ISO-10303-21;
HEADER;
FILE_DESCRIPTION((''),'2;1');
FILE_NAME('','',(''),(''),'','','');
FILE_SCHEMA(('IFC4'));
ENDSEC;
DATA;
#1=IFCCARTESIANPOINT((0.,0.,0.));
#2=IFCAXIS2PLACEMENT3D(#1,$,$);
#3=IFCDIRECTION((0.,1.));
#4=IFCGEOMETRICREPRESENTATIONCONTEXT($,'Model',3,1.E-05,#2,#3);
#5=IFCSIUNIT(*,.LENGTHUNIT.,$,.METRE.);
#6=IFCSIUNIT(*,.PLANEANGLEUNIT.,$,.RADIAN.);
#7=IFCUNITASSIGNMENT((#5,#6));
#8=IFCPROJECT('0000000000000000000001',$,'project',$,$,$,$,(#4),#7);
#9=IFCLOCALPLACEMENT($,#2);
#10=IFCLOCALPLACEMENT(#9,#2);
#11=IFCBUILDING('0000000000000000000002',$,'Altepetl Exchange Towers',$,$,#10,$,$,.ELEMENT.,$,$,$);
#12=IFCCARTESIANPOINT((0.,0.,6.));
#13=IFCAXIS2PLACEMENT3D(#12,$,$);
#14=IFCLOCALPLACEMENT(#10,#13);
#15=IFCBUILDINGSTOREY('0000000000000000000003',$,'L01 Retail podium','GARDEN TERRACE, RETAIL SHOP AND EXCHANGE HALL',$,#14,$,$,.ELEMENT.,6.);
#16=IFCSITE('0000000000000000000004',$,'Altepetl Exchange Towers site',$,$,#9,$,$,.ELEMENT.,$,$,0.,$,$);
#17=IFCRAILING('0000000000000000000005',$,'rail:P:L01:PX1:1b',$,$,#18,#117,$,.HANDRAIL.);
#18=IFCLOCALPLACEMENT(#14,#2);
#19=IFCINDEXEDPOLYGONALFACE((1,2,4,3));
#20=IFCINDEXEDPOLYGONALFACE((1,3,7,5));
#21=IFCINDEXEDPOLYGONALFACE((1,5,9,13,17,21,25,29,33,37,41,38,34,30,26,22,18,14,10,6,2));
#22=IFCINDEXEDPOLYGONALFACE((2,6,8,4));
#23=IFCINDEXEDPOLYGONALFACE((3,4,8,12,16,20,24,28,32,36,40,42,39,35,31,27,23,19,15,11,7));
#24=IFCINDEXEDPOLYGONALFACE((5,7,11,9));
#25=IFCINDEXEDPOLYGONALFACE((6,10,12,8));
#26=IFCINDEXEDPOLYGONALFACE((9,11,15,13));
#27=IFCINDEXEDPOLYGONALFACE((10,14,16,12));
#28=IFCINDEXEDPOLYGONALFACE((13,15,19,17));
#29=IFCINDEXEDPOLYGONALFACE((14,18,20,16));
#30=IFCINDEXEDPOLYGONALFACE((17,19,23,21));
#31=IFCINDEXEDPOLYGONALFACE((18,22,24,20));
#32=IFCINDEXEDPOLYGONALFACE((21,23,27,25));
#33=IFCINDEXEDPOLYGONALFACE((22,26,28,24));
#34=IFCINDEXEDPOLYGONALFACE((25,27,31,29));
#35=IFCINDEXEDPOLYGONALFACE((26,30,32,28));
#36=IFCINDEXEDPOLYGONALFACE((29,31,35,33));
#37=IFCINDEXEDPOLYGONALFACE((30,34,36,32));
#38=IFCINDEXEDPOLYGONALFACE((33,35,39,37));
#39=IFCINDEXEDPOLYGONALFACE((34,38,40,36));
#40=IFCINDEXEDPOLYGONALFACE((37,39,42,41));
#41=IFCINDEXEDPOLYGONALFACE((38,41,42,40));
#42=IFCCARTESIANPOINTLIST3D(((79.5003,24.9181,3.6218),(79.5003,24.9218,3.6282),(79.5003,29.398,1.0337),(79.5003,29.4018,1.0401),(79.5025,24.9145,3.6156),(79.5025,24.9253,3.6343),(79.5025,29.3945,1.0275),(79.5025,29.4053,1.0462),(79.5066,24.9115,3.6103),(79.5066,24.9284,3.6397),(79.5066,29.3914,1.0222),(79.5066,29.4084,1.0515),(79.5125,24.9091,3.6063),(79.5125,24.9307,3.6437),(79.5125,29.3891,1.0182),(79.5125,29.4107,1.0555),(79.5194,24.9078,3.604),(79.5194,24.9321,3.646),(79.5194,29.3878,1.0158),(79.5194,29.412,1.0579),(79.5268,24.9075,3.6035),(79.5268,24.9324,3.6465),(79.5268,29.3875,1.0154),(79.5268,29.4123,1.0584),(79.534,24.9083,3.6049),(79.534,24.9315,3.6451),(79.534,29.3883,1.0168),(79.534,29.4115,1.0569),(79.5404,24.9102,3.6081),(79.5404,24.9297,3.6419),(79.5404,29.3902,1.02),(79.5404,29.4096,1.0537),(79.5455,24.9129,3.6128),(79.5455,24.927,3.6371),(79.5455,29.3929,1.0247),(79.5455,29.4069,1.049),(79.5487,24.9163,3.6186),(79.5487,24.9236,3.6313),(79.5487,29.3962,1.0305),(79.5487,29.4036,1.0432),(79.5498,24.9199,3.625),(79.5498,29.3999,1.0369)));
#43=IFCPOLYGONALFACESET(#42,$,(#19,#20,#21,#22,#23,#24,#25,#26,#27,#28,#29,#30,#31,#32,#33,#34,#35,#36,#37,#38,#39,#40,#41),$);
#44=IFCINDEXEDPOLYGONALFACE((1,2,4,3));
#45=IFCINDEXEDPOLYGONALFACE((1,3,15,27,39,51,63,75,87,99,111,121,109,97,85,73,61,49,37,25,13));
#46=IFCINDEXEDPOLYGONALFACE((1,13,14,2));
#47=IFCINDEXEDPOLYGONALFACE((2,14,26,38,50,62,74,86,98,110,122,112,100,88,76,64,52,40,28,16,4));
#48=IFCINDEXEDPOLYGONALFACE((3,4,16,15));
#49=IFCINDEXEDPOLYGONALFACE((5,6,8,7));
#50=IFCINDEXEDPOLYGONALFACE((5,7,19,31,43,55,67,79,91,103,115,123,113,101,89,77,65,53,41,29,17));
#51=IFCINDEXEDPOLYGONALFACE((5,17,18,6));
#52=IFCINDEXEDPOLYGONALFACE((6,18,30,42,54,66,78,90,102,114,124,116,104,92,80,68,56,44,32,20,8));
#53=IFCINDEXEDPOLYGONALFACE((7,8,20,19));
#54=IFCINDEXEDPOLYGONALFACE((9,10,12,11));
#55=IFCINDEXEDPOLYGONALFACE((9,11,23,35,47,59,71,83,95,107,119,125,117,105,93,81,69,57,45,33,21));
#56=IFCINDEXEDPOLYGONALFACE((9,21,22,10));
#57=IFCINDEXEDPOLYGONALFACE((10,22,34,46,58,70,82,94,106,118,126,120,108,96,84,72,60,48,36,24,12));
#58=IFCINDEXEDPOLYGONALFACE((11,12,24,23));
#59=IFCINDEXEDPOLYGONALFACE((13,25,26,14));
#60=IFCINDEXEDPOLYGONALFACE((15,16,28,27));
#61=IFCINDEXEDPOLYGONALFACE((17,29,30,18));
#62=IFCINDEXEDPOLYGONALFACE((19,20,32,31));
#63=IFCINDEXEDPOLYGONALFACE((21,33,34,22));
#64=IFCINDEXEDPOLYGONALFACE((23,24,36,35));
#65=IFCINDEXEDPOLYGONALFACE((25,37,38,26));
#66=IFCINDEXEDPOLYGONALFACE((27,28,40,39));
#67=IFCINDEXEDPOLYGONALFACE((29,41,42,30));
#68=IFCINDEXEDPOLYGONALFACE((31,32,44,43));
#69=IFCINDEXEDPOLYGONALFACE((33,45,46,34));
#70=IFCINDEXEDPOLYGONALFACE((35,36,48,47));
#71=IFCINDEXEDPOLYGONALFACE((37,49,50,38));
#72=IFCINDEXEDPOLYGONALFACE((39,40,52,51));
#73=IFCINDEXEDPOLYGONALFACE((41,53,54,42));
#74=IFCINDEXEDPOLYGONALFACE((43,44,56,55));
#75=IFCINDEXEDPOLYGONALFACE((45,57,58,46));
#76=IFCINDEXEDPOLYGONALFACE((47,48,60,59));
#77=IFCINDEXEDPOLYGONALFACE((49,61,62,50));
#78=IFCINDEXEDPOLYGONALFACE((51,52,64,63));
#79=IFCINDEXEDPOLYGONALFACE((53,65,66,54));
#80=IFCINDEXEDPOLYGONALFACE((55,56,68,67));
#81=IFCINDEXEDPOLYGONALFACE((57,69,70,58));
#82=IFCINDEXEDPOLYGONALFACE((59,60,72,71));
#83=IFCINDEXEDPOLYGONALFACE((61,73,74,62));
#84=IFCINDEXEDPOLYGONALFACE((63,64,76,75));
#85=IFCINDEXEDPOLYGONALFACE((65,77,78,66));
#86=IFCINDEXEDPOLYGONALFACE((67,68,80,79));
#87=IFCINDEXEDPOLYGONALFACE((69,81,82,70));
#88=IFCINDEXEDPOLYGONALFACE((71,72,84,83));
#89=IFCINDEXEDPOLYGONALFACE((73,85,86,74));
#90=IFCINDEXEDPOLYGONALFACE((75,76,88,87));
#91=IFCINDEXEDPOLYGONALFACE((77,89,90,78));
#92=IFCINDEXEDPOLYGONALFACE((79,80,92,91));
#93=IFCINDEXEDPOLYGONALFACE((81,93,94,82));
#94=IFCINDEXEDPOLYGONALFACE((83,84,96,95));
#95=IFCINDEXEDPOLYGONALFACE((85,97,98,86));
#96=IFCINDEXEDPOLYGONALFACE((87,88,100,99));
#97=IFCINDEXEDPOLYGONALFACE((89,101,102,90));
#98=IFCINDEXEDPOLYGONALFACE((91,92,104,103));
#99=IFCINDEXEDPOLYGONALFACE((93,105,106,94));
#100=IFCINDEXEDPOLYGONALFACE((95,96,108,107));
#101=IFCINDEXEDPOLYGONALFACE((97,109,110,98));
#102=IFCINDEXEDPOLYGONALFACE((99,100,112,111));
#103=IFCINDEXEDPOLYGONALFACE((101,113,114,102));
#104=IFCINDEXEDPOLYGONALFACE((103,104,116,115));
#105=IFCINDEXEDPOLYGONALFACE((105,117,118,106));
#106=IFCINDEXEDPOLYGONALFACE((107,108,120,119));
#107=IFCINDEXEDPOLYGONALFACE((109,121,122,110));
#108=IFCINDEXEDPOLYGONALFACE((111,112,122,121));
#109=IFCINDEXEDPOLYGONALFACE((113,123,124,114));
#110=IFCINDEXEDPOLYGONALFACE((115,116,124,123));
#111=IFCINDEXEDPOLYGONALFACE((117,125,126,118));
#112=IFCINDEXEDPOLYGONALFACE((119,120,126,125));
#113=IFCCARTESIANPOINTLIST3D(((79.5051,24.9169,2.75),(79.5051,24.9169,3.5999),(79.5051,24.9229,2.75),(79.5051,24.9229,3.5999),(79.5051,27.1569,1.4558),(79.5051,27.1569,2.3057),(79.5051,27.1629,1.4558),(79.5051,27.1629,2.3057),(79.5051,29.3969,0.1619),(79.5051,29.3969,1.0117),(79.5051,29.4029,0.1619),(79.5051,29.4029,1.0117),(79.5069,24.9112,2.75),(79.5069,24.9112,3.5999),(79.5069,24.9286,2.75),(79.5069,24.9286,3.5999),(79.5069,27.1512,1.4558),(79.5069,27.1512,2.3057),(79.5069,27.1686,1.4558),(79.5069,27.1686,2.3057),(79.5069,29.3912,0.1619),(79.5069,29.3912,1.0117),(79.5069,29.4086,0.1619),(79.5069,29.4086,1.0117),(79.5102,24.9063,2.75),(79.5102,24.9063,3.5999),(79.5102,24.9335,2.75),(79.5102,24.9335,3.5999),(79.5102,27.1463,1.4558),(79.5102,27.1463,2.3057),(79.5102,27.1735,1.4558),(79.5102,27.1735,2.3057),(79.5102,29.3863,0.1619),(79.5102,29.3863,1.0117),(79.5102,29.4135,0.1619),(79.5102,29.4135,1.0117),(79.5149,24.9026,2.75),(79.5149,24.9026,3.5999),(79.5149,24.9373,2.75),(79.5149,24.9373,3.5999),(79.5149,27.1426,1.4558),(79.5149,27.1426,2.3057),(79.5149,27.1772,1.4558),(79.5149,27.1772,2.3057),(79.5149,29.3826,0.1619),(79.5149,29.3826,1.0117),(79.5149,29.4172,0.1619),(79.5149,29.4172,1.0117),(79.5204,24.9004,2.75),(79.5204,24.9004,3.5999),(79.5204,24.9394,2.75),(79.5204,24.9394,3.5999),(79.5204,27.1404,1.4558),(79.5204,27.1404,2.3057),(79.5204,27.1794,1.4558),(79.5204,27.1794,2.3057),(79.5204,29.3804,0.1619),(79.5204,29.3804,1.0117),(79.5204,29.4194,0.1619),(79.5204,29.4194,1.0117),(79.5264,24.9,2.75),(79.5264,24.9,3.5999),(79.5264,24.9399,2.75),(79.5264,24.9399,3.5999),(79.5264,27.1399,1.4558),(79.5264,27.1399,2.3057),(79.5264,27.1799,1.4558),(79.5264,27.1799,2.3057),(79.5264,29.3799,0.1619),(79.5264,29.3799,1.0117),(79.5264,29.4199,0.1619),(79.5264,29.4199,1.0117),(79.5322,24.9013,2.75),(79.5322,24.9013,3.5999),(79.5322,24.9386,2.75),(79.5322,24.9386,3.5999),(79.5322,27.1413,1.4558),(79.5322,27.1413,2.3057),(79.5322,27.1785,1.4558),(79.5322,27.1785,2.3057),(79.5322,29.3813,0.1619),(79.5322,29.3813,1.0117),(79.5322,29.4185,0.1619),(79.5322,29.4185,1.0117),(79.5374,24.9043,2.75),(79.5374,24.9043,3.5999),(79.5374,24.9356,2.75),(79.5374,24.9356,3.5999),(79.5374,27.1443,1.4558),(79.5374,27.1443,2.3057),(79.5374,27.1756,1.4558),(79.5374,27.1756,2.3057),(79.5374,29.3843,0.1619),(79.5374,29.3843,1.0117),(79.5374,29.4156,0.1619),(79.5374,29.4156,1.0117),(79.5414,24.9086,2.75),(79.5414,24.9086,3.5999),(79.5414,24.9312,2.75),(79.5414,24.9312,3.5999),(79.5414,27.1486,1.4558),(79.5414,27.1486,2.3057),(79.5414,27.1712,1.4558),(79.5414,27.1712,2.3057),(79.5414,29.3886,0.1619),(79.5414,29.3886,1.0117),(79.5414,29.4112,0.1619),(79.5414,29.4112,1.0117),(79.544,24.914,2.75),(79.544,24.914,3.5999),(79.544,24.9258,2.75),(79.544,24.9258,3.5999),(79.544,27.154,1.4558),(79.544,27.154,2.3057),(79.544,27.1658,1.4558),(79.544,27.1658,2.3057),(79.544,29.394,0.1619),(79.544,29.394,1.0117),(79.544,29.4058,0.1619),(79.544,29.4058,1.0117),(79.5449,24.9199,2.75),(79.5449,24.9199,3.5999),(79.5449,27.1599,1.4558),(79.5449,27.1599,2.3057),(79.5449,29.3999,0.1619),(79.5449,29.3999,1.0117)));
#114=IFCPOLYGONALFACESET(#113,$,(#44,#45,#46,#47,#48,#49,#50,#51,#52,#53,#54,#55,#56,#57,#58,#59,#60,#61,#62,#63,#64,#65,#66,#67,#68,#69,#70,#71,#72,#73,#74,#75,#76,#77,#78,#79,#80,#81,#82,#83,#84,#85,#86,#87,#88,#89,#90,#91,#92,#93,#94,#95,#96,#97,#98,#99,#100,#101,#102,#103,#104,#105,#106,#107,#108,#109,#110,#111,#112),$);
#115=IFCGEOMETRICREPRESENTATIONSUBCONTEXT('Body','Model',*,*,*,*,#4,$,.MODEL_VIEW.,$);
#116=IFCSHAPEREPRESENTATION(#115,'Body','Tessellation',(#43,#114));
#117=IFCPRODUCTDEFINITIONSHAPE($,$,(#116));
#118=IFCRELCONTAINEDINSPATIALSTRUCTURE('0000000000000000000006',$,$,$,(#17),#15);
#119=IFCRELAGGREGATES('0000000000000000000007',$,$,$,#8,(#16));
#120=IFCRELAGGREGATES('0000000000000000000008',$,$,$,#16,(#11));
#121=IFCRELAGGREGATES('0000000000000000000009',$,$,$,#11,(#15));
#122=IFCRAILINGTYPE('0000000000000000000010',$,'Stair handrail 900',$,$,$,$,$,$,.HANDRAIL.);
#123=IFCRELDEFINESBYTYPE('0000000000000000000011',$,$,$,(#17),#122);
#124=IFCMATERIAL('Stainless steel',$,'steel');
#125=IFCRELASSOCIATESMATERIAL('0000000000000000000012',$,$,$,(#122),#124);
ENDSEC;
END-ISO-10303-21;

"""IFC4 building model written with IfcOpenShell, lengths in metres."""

from ifc_helpers import new_model, si_unit, direction, frame, origin, origin_2d, place, context, subcontext, project, spatial, circle, extrude, source, transform, mapped, material, type_object, element, save


model = new_model("IFC4")

# Units and contexts
model_context = context("Model", 3, precision=1e-05, world=origin(), true_north=direction((0.0, 1.0)))
body_context = subcontext(model_context, "Body", "Model", "MODEL_VIEW")
ifc_project = project(units=[si_unit("LENGTHUNIT", "METRE"), si_unit("PLANEANGLEUNIT", "RADIAN")], contexts=[model_context])

# Site, building, storey
site_placement = place(None, origin())
site = spatial("IfcSite", under=ifc_project, at=site_placement, Name="Altepetl Exchange Towers site", CompositionType="ELEMENT", RefElevation=0.0)
building_placement = place(site_placement, origin())
building = spatial("IfcBuilding", under=site, at=building_placement, Name="Altepetl Exchange Towers", CompositionType="ELEMENT")
storey_placement = place(building_placement, frame((0.0, 0.0, 6.0)))
storey = spatial("IfcBuildingStorey", under=building, at=storey_placement, Name="L01 Retail podium", Description="GARDEN TERRACE, RETAIL SHOP AND EXCHANGE HALL", CompositionType="ELEMENT", Elevation=6.0)

# Railing
ifc_material_1 = material(Name="Stainless steel", Category="steel")
railing_type_1 = type_object("IfcRailingType", Name="Stair handrail 900", PredefinedType="HANDRAIL", material=ifc_material_1)
shared_shape_1 = source(origin(), body_context, "Body", "SweptSolid", [
    extrude(circle(Radius=0.02, at=origin_2d()), origin(), (0.0, 0.0, 1.0), 0.8499),
])
for number, where, name in (
    (1, (79.5249, 29.3999, 0.1619), "rail:P:L01:PX1:1b"),
):
    element("IfcRailing", number, at=place(storey_placement, frame(where)), inside=storey, type_object=railing_type_1, Name=name, PredefinedType="HANDRAIL", context=body_context, shape_type="SweptSolid", body=[
        extrude(circle(Radius=0.0249, at=origin_2d()), frame((0.0, 0.0, 0.875), z_axis=(0.0, -0.86589, 0.500234), x_axis=(1.0, 0.0, 0.0)), (0.0, 0.0, 1.0), 5.1738),
        mapped(shared_shape_1, transform((0.0, 0.0, 0.0))),
        mapped(shared_shape_1, transform((0.0, -2.24, 1.2939))),
        mapped(shared_shape_1, transform((0.0, -4.48, 2.5881))),
    ])

save(model, "model.ifc")
